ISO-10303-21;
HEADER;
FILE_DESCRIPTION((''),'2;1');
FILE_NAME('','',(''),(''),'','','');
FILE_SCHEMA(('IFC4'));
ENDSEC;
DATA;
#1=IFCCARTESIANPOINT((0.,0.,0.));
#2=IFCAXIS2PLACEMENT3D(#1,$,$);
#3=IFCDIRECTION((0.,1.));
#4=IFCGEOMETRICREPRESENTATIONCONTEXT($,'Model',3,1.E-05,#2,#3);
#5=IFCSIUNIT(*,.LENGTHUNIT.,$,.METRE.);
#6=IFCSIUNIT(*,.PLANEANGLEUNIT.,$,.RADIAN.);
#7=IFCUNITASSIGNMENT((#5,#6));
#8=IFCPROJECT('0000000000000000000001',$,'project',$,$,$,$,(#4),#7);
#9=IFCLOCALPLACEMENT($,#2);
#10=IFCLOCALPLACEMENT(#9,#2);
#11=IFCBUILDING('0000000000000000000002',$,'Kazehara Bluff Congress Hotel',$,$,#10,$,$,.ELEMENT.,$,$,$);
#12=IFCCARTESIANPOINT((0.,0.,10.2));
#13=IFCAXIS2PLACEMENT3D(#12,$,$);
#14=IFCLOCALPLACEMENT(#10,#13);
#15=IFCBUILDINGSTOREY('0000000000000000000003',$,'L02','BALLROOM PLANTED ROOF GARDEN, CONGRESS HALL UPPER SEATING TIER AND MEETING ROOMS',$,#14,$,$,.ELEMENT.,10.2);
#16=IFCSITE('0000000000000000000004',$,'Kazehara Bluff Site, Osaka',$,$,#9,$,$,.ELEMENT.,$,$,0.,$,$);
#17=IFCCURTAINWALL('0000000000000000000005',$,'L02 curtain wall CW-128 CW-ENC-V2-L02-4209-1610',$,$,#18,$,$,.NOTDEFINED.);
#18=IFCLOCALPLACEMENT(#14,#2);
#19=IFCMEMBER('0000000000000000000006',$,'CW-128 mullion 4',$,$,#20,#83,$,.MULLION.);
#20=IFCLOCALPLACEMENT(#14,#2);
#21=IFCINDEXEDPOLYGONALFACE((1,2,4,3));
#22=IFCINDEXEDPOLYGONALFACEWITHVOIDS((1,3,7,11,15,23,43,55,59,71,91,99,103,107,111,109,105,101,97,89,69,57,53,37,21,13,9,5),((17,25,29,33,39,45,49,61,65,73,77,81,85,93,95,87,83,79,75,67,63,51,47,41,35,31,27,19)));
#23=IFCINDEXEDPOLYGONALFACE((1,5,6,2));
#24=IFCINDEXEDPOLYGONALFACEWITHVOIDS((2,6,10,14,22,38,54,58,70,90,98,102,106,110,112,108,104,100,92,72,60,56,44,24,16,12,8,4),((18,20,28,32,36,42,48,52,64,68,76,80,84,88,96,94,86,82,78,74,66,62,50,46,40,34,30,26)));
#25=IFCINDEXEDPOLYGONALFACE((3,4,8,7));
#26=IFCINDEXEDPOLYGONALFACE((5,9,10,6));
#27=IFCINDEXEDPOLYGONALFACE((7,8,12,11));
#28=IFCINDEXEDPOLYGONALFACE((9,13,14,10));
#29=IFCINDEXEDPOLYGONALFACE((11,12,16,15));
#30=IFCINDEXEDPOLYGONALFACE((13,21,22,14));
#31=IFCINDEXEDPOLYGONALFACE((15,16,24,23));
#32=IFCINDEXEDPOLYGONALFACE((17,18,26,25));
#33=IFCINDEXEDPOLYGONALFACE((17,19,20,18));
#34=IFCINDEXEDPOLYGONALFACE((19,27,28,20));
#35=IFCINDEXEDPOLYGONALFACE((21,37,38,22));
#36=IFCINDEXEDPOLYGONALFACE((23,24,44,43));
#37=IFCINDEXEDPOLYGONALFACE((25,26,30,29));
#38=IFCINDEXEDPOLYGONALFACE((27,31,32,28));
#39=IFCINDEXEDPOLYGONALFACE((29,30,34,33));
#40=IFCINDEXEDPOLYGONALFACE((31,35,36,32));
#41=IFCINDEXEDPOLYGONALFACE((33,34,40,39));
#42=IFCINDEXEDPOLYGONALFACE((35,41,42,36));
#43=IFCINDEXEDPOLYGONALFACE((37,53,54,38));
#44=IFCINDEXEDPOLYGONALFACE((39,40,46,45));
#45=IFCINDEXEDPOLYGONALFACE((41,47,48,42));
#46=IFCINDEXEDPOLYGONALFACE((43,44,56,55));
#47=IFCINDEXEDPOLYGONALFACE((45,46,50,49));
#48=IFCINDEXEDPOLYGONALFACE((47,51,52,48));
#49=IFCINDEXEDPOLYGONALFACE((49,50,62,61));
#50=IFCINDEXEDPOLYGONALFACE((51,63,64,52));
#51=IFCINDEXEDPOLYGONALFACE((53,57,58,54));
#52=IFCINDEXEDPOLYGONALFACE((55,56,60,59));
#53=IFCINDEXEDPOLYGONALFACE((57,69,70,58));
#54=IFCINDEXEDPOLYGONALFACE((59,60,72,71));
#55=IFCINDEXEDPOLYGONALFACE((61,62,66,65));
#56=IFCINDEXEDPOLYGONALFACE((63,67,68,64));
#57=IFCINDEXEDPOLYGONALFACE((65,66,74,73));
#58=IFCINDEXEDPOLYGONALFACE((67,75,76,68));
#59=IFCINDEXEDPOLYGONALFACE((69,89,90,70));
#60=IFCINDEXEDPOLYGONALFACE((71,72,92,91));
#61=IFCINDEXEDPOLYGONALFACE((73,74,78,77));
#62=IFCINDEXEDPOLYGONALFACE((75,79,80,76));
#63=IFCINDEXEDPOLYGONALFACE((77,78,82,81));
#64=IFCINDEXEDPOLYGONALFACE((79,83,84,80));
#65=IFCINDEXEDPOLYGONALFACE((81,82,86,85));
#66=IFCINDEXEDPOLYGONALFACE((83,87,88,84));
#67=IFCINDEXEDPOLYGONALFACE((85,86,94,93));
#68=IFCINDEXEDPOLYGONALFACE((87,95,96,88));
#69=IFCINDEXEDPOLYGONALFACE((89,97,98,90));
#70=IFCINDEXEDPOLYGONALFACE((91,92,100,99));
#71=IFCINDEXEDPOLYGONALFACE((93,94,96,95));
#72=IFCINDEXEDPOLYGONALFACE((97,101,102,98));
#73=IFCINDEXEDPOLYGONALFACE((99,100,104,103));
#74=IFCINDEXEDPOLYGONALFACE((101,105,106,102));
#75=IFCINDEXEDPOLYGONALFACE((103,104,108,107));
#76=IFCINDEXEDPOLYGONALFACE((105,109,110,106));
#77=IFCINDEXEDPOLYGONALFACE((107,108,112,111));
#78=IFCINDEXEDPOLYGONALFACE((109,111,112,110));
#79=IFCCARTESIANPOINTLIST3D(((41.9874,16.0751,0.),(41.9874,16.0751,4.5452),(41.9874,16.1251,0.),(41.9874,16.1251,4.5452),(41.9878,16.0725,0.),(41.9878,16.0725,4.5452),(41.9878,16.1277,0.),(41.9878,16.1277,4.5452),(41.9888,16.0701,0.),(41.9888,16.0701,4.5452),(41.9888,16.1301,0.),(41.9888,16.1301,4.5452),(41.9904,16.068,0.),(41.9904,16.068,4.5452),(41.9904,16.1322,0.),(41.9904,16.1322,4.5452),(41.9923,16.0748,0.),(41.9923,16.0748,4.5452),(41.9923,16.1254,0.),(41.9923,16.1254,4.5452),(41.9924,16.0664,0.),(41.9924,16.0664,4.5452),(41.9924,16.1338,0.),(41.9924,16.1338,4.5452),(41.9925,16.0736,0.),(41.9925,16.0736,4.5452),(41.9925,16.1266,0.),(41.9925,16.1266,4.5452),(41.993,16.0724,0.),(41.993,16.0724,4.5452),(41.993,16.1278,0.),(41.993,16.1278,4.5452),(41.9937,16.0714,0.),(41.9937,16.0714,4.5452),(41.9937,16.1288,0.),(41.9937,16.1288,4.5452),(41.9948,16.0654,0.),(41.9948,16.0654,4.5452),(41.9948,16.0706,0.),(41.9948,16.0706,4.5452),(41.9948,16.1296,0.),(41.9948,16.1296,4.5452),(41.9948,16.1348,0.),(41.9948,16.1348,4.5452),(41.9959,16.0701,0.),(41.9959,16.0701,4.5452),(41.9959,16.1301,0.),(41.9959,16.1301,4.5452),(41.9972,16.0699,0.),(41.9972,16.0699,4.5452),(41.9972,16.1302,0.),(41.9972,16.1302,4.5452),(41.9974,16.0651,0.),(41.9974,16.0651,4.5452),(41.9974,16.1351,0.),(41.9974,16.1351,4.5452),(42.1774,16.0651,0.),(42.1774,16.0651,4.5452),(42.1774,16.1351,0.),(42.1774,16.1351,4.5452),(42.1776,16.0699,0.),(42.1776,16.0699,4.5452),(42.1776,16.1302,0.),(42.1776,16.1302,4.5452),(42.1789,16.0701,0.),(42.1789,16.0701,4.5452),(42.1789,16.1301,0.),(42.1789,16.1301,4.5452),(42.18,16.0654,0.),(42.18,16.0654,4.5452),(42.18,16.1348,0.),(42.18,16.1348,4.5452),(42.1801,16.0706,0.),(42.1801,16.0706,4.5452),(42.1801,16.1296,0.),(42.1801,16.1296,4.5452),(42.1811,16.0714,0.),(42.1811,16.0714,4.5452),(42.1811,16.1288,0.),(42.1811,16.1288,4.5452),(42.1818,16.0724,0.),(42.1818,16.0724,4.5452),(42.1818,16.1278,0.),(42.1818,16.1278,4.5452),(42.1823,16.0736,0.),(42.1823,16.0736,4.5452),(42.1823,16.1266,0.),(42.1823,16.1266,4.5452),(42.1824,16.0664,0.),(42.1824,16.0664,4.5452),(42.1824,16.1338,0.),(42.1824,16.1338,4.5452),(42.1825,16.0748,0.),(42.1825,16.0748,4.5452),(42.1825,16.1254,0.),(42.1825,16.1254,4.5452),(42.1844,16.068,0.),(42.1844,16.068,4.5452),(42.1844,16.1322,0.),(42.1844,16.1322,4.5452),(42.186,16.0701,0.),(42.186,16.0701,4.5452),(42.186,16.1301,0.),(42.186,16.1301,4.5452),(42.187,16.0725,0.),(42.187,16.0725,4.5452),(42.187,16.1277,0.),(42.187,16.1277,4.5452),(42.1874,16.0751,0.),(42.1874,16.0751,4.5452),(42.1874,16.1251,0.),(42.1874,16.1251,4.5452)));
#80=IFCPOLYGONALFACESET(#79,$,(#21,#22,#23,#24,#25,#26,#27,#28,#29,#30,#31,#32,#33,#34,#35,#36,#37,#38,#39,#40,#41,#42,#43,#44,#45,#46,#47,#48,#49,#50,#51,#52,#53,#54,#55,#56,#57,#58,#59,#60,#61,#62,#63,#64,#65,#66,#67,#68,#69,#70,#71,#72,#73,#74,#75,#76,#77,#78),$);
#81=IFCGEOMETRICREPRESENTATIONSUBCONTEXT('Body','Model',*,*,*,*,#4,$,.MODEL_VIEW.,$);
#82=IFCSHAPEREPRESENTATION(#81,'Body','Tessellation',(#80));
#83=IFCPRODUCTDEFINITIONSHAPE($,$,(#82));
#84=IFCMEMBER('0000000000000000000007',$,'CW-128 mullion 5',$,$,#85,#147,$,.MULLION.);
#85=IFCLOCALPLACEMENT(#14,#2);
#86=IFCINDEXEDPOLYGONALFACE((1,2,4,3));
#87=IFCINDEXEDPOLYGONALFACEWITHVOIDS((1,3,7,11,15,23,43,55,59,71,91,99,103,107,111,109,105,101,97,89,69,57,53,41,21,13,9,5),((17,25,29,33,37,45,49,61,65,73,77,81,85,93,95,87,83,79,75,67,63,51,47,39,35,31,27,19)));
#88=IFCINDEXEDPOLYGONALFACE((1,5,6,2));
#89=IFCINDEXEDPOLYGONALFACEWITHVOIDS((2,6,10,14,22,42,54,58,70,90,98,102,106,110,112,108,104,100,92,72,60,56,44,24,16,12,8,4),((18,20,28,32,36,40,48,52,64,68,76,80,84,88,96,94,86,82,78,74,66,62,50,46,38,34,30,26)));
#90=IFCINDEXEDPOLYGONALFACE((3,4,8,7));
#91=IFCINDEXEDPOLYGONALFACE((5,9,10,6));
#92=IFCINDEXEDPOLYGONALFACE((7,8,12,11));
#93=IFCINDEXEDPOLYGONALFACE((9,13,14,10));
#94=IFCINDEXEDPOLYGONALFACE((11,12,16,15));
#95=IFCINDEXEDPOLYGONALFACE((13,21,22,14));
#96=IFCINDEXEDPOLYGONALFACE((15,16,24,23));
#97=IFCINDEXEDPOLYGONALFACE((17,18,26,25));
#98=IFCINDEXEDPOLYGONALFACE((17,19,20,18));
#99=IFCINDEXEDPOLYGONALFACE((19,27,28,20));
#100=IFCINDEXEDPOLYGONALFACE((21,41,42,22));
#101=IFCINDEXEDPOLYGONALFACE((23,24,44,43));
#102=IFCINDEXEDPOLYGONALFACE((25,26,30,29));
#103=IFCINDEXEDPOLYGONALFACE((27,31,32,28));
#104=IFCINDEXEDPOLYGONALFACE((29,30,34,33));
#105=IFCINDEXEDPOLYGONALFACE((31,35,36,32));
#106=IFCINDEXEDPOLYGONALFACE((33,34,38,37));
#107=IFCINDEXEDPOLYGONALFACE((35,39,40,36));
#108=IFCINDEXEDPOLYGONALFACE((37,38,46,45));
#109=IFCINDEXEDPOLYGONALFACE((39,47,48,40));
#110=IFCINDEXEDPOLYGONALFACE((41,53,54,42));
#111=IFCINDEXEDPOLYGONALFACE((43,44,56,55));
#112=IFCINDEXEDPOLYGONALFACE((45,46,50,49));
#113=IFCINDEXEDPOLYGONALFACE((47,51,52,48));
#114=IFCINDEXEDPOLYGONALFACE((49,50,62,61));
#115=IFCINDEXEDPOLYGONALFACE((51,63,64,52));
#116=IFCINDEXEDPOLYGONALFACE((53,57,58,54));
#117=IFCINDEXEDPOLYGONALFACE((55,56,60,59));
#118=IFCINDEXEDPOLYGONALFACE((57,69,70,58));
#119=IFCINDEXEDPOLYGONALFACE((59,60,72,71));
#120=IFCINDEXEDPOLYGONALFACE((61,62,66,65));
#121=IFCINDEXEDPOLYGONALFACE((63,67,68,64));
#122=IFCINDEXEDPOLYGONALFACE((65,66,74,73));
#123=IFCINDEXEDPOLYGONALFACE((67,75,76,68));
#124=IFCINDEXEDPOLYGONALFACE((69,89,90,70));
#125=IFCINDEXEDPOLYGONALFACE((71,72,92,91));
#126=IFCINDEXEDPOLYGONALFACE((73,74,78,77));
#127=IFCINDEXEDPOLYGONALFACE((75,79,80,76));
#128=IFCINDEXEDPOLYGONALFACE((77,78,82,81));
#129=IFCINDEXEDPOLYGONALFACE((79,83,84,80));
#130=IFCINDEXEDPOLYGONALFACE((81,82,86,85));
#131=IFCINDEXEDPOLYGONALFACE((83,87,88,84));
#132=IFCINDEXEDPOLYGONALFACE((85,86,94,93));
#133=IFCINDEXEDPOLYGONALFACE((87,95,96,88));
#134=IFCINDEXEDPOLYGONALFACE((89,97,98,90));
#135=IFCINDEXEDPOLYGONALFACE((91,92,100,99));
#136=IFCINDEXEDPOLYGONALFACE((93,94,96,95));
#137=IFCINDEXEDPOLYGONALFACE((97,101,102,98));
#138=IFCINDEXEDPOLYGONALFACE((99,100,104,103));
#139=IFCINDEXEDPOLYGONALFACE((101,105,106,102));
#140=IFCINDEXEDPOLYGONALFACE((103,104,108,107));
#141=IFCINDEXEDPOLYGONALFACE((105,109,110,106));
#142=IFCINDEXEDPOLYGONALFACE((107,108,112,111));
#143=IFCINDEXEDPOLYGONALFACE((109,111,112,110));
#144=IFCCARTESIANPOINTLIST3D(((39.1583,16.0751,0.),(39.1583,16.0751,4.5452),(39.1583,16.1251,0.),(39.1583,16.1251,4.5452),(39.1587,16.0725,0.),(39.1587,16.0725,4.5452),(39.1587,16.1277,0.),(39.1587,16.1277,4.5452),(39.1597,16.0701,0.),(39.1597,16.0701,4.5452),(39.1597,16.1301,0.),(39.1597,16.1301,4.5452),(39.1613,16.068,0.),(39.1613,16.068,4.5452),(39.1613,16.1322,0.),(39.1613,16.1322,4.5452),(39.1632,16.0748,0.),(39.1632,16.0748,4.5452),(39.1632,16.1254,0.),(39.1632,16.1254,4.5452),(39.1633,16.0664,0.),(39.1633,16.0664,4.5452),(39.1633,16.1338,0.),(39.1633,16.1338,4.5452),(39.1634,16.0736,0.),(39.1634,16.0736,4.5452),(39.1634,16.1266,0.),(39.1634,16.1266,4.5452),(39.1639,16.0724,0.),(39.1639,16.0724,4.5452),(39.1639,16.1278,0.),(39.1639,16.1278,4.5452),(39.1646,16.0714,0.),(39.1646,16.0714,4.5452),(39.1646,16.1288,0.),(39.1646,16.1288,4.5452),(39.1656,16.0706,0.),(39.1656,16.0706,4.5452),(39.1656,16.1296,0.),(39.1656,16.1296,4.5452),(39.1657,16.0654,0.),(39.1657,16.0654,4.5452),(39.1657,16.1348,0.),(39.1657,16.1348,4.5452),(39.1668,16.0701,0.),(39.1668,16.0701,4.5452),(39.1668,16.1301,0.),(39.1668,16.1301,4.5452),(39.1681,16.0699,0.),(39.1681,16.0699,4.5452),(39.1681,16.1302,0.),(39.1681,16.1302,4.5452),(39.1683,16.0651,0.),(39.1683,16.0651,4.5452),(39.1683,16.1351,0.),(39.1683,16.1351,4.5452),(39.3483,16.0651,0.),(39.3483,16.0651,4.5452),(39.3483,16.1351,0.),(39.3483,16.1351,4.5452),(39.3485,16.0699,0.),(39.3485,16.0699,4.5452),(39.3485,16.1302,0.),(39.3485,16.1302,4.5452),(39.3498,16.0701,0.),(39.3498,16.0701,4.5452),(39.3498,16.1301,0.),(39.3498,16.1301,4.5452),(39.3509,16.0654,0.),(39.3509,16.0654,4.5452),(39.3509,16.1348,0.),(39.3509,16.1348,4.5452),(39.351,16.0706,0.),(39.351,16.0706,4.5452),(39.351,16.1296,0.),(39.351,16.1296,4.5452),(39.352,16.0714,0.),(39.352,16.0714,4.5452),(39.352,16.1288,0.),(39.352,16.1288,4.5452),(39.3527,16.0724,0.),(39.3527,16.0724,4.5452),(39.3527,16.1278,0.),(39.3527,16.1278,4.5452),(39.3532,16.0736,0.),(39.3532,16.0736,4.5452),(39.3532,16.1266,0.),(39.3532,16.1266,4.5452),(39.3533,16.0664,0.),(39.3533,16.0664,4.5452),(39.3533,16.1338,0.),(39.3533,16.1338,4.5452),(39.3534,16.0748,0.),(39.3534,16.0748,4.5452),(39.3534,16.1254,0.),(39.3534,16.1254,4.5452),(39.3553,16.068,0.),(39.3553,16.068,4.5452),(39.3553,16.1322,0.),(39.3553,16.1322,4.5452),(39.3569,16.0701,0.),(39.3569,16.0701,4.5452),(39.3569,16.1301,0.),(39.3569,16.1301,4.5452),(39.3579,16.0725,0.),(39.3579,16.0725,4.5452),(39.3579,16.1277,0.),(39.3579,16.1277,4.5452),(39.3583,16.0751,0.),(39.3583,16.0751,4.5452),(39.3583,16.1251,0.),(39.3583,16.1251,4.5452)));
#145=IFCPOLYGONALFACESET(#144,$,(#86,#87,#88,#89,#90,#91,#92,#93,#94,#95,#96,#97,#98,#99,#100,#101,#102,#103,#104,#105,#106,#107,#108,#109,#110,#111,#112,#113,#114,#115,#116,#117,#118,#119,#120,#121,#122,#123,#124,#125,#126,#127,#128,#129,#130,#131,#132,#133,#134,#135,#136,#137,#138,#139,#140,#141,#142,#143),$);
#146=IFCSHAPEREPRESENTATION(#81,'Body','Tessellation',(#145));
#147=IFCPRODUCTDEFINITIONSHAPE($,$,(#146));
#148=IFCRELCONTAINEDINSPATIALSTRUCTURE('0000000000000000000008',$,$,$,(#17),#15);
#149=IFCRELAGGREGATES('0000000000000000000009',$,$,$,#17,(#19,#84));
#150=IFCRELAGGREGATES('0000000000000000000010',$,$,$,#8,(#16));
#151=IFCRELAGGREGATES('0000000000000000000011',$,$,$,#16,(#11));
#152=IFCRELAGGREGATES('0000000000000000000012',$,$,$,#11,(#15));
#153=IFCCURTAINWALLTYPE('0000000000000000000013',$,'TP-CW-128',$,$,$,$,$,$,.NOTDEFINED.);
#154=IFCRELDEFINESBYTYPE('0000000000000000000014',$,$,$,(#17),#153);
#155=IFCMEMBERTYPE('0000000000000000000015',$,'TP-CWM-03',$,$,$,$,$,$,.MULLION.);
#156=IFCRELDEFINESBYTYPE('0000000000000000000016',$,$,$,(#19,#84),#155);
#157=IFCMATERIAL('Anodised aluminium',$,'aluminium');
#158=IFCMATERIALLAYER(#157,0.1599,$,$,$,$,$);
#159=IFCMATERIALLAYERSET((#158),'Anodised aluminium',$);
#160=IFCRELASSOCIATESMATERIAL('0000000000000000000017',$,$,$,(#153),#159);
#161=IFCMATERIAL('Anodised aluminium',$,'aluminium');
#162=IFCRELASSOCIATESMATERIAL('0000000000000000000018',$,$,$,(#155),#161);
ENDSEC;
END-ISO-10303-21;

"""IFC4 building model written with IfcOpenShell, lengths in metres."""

from ifc_helpers import new_model, si_unit, direction, frame, origin, origin_2d, place, context, subcontext, project, spatial, hollow_rectangle, extrude, material, layer, layer_set, material_profile, profile_set, type_object, element, aggregate, save


model = new_model("IFC4")

# Units and contexts
model_context = context("Model", 3, precision=1e-05, world=origin(), true_north=direction((0.0, 1.0)))
body_context = subcontext(model_context, "Body", "Model", "MODEL_VIEW")
ifc_project = project(units=[si_unit("LENGTHUNIT", "METRE"), si_unit("PLANEANGLEUNIT", "RADIAN")], contexts=[model_context])

# Site, building, storey
site_placement = place(None, origin())
site = spatial("IfcSite", under=ifc_project, at=site_placement, Name="Kazehara Bluff Site, Osaka", CompositionType="ELEMENT", RefElevation=0.0)
building_placement = place(site_placement, origin())
building = spatial("IfcBuilding", under=site, at=building_placement, Name="Kazehara Bluff Congress Hotel", CompositionType="ELEMENT")
storey_placement = place(building_placement, frame((0.0, 0.0, 10.2)))
storey = spatial("IfcBuildingStorey", under=building, at=storey_placement, Name="L02", Description="BALLROOM PLANTED ROOF GARDEN, CONGRESS HALL UPPER SEATING TIER AND MEETING ROOMS", CompositionType="ELEMENT", Elevation=10.2)

# Curtain wall, members
ifc_material_1 = material(Name="Anodised aluminium", Category="aluminium")
ifc_layer_1 = layer(ifc_material_1, 0.1599)
ifc_layer_set_1 = layer_set([ifc_layer_1], Name="Anodised aluminium")
curtain_wall_type = type_object("IfcCurtainWallType", Name="TP-CW-128", PredefinedType="NOTDEFINED", material=ifc_layer_set_1)
curtain_wall_placement = place(storey_placement, origin())
curtain_wall = element("IfcCurtainWall", 1, at=curtain_wall_placement, inside=storey, type_object=curtain_wall_type, Name="L02 curtain wall CW-128 CW-ENC-V2-L02-4209-1610", PredefinedType="NOTDEFINED")
ifc_material_2 = material(Name="Anodised aluminium", Category="aluminium")
ifc_material_profile_1 = material_profile(ifc_material_2, hollow_rectangle(XDim=0.0701, YDim=0.2, WallThickness=0.0049, InnerFilletRadius=0.0049, OuterFilletRadius=0.01, at=origin_2d()))
ifc_profile_set_1 = profile_set([ifc_material_profile_1], Name="Anodised aluminium")
member_type_1 = type_object("IfcMemberType", Name="TP-CWM-03", PredefinedType="MULLION", material=ifc_profile_set_1)
member_1_placement = place(storey_placement, frame((42.0874, 16.1001, 0.0), z_axis=(0.0, 0.0, 1.0), x_axis=(0.0, -1.0, 0.0)))
member_1 = element("IfcMember", 2, at=member_1_placement, type_object=member_type_1, Name="CW-128 mullion 4", PredefinedType="MULLION", context=body_context, shape_type="SweptSolid", body=[
    extrude(hollow_rectangle(XDim=0.0701, YDim=0.2, WallThickness=0.0049, InnerFilletRadius=0.0049, OuterFilletRadius=0.01, at=origin_2d()), origin(), (0.0, 0.0, 1.0), 4.5452),
])
member_2_placement = place(storey_placement, frame((39.2583, 16.1001, 0.0), z_axis=(0.0, 0.0, 1.0), x_axis=(0.0, -1.0, 0.0)))
member_2 = element("IfcMember", 3, at=member_2_placement, type_object=member_type_1, Name="CW-128 mullion 5", PredefinedType="MULLION", context=body_context, shape_type="SweptSolid", body=[
    extrude(hollow_rectangle(XDim=0.0701, YDim=0.2, WallThickness=0.0049, InnerFilletRadius=0.0049, OuterFilletRadius=0.01, at=origin_2d()), origin(), (0.0, 0.0, 1.0), 4.5452),
])
aggregate(curtain_wall, [member_1, member_2])

save(model, "model.ifc")
